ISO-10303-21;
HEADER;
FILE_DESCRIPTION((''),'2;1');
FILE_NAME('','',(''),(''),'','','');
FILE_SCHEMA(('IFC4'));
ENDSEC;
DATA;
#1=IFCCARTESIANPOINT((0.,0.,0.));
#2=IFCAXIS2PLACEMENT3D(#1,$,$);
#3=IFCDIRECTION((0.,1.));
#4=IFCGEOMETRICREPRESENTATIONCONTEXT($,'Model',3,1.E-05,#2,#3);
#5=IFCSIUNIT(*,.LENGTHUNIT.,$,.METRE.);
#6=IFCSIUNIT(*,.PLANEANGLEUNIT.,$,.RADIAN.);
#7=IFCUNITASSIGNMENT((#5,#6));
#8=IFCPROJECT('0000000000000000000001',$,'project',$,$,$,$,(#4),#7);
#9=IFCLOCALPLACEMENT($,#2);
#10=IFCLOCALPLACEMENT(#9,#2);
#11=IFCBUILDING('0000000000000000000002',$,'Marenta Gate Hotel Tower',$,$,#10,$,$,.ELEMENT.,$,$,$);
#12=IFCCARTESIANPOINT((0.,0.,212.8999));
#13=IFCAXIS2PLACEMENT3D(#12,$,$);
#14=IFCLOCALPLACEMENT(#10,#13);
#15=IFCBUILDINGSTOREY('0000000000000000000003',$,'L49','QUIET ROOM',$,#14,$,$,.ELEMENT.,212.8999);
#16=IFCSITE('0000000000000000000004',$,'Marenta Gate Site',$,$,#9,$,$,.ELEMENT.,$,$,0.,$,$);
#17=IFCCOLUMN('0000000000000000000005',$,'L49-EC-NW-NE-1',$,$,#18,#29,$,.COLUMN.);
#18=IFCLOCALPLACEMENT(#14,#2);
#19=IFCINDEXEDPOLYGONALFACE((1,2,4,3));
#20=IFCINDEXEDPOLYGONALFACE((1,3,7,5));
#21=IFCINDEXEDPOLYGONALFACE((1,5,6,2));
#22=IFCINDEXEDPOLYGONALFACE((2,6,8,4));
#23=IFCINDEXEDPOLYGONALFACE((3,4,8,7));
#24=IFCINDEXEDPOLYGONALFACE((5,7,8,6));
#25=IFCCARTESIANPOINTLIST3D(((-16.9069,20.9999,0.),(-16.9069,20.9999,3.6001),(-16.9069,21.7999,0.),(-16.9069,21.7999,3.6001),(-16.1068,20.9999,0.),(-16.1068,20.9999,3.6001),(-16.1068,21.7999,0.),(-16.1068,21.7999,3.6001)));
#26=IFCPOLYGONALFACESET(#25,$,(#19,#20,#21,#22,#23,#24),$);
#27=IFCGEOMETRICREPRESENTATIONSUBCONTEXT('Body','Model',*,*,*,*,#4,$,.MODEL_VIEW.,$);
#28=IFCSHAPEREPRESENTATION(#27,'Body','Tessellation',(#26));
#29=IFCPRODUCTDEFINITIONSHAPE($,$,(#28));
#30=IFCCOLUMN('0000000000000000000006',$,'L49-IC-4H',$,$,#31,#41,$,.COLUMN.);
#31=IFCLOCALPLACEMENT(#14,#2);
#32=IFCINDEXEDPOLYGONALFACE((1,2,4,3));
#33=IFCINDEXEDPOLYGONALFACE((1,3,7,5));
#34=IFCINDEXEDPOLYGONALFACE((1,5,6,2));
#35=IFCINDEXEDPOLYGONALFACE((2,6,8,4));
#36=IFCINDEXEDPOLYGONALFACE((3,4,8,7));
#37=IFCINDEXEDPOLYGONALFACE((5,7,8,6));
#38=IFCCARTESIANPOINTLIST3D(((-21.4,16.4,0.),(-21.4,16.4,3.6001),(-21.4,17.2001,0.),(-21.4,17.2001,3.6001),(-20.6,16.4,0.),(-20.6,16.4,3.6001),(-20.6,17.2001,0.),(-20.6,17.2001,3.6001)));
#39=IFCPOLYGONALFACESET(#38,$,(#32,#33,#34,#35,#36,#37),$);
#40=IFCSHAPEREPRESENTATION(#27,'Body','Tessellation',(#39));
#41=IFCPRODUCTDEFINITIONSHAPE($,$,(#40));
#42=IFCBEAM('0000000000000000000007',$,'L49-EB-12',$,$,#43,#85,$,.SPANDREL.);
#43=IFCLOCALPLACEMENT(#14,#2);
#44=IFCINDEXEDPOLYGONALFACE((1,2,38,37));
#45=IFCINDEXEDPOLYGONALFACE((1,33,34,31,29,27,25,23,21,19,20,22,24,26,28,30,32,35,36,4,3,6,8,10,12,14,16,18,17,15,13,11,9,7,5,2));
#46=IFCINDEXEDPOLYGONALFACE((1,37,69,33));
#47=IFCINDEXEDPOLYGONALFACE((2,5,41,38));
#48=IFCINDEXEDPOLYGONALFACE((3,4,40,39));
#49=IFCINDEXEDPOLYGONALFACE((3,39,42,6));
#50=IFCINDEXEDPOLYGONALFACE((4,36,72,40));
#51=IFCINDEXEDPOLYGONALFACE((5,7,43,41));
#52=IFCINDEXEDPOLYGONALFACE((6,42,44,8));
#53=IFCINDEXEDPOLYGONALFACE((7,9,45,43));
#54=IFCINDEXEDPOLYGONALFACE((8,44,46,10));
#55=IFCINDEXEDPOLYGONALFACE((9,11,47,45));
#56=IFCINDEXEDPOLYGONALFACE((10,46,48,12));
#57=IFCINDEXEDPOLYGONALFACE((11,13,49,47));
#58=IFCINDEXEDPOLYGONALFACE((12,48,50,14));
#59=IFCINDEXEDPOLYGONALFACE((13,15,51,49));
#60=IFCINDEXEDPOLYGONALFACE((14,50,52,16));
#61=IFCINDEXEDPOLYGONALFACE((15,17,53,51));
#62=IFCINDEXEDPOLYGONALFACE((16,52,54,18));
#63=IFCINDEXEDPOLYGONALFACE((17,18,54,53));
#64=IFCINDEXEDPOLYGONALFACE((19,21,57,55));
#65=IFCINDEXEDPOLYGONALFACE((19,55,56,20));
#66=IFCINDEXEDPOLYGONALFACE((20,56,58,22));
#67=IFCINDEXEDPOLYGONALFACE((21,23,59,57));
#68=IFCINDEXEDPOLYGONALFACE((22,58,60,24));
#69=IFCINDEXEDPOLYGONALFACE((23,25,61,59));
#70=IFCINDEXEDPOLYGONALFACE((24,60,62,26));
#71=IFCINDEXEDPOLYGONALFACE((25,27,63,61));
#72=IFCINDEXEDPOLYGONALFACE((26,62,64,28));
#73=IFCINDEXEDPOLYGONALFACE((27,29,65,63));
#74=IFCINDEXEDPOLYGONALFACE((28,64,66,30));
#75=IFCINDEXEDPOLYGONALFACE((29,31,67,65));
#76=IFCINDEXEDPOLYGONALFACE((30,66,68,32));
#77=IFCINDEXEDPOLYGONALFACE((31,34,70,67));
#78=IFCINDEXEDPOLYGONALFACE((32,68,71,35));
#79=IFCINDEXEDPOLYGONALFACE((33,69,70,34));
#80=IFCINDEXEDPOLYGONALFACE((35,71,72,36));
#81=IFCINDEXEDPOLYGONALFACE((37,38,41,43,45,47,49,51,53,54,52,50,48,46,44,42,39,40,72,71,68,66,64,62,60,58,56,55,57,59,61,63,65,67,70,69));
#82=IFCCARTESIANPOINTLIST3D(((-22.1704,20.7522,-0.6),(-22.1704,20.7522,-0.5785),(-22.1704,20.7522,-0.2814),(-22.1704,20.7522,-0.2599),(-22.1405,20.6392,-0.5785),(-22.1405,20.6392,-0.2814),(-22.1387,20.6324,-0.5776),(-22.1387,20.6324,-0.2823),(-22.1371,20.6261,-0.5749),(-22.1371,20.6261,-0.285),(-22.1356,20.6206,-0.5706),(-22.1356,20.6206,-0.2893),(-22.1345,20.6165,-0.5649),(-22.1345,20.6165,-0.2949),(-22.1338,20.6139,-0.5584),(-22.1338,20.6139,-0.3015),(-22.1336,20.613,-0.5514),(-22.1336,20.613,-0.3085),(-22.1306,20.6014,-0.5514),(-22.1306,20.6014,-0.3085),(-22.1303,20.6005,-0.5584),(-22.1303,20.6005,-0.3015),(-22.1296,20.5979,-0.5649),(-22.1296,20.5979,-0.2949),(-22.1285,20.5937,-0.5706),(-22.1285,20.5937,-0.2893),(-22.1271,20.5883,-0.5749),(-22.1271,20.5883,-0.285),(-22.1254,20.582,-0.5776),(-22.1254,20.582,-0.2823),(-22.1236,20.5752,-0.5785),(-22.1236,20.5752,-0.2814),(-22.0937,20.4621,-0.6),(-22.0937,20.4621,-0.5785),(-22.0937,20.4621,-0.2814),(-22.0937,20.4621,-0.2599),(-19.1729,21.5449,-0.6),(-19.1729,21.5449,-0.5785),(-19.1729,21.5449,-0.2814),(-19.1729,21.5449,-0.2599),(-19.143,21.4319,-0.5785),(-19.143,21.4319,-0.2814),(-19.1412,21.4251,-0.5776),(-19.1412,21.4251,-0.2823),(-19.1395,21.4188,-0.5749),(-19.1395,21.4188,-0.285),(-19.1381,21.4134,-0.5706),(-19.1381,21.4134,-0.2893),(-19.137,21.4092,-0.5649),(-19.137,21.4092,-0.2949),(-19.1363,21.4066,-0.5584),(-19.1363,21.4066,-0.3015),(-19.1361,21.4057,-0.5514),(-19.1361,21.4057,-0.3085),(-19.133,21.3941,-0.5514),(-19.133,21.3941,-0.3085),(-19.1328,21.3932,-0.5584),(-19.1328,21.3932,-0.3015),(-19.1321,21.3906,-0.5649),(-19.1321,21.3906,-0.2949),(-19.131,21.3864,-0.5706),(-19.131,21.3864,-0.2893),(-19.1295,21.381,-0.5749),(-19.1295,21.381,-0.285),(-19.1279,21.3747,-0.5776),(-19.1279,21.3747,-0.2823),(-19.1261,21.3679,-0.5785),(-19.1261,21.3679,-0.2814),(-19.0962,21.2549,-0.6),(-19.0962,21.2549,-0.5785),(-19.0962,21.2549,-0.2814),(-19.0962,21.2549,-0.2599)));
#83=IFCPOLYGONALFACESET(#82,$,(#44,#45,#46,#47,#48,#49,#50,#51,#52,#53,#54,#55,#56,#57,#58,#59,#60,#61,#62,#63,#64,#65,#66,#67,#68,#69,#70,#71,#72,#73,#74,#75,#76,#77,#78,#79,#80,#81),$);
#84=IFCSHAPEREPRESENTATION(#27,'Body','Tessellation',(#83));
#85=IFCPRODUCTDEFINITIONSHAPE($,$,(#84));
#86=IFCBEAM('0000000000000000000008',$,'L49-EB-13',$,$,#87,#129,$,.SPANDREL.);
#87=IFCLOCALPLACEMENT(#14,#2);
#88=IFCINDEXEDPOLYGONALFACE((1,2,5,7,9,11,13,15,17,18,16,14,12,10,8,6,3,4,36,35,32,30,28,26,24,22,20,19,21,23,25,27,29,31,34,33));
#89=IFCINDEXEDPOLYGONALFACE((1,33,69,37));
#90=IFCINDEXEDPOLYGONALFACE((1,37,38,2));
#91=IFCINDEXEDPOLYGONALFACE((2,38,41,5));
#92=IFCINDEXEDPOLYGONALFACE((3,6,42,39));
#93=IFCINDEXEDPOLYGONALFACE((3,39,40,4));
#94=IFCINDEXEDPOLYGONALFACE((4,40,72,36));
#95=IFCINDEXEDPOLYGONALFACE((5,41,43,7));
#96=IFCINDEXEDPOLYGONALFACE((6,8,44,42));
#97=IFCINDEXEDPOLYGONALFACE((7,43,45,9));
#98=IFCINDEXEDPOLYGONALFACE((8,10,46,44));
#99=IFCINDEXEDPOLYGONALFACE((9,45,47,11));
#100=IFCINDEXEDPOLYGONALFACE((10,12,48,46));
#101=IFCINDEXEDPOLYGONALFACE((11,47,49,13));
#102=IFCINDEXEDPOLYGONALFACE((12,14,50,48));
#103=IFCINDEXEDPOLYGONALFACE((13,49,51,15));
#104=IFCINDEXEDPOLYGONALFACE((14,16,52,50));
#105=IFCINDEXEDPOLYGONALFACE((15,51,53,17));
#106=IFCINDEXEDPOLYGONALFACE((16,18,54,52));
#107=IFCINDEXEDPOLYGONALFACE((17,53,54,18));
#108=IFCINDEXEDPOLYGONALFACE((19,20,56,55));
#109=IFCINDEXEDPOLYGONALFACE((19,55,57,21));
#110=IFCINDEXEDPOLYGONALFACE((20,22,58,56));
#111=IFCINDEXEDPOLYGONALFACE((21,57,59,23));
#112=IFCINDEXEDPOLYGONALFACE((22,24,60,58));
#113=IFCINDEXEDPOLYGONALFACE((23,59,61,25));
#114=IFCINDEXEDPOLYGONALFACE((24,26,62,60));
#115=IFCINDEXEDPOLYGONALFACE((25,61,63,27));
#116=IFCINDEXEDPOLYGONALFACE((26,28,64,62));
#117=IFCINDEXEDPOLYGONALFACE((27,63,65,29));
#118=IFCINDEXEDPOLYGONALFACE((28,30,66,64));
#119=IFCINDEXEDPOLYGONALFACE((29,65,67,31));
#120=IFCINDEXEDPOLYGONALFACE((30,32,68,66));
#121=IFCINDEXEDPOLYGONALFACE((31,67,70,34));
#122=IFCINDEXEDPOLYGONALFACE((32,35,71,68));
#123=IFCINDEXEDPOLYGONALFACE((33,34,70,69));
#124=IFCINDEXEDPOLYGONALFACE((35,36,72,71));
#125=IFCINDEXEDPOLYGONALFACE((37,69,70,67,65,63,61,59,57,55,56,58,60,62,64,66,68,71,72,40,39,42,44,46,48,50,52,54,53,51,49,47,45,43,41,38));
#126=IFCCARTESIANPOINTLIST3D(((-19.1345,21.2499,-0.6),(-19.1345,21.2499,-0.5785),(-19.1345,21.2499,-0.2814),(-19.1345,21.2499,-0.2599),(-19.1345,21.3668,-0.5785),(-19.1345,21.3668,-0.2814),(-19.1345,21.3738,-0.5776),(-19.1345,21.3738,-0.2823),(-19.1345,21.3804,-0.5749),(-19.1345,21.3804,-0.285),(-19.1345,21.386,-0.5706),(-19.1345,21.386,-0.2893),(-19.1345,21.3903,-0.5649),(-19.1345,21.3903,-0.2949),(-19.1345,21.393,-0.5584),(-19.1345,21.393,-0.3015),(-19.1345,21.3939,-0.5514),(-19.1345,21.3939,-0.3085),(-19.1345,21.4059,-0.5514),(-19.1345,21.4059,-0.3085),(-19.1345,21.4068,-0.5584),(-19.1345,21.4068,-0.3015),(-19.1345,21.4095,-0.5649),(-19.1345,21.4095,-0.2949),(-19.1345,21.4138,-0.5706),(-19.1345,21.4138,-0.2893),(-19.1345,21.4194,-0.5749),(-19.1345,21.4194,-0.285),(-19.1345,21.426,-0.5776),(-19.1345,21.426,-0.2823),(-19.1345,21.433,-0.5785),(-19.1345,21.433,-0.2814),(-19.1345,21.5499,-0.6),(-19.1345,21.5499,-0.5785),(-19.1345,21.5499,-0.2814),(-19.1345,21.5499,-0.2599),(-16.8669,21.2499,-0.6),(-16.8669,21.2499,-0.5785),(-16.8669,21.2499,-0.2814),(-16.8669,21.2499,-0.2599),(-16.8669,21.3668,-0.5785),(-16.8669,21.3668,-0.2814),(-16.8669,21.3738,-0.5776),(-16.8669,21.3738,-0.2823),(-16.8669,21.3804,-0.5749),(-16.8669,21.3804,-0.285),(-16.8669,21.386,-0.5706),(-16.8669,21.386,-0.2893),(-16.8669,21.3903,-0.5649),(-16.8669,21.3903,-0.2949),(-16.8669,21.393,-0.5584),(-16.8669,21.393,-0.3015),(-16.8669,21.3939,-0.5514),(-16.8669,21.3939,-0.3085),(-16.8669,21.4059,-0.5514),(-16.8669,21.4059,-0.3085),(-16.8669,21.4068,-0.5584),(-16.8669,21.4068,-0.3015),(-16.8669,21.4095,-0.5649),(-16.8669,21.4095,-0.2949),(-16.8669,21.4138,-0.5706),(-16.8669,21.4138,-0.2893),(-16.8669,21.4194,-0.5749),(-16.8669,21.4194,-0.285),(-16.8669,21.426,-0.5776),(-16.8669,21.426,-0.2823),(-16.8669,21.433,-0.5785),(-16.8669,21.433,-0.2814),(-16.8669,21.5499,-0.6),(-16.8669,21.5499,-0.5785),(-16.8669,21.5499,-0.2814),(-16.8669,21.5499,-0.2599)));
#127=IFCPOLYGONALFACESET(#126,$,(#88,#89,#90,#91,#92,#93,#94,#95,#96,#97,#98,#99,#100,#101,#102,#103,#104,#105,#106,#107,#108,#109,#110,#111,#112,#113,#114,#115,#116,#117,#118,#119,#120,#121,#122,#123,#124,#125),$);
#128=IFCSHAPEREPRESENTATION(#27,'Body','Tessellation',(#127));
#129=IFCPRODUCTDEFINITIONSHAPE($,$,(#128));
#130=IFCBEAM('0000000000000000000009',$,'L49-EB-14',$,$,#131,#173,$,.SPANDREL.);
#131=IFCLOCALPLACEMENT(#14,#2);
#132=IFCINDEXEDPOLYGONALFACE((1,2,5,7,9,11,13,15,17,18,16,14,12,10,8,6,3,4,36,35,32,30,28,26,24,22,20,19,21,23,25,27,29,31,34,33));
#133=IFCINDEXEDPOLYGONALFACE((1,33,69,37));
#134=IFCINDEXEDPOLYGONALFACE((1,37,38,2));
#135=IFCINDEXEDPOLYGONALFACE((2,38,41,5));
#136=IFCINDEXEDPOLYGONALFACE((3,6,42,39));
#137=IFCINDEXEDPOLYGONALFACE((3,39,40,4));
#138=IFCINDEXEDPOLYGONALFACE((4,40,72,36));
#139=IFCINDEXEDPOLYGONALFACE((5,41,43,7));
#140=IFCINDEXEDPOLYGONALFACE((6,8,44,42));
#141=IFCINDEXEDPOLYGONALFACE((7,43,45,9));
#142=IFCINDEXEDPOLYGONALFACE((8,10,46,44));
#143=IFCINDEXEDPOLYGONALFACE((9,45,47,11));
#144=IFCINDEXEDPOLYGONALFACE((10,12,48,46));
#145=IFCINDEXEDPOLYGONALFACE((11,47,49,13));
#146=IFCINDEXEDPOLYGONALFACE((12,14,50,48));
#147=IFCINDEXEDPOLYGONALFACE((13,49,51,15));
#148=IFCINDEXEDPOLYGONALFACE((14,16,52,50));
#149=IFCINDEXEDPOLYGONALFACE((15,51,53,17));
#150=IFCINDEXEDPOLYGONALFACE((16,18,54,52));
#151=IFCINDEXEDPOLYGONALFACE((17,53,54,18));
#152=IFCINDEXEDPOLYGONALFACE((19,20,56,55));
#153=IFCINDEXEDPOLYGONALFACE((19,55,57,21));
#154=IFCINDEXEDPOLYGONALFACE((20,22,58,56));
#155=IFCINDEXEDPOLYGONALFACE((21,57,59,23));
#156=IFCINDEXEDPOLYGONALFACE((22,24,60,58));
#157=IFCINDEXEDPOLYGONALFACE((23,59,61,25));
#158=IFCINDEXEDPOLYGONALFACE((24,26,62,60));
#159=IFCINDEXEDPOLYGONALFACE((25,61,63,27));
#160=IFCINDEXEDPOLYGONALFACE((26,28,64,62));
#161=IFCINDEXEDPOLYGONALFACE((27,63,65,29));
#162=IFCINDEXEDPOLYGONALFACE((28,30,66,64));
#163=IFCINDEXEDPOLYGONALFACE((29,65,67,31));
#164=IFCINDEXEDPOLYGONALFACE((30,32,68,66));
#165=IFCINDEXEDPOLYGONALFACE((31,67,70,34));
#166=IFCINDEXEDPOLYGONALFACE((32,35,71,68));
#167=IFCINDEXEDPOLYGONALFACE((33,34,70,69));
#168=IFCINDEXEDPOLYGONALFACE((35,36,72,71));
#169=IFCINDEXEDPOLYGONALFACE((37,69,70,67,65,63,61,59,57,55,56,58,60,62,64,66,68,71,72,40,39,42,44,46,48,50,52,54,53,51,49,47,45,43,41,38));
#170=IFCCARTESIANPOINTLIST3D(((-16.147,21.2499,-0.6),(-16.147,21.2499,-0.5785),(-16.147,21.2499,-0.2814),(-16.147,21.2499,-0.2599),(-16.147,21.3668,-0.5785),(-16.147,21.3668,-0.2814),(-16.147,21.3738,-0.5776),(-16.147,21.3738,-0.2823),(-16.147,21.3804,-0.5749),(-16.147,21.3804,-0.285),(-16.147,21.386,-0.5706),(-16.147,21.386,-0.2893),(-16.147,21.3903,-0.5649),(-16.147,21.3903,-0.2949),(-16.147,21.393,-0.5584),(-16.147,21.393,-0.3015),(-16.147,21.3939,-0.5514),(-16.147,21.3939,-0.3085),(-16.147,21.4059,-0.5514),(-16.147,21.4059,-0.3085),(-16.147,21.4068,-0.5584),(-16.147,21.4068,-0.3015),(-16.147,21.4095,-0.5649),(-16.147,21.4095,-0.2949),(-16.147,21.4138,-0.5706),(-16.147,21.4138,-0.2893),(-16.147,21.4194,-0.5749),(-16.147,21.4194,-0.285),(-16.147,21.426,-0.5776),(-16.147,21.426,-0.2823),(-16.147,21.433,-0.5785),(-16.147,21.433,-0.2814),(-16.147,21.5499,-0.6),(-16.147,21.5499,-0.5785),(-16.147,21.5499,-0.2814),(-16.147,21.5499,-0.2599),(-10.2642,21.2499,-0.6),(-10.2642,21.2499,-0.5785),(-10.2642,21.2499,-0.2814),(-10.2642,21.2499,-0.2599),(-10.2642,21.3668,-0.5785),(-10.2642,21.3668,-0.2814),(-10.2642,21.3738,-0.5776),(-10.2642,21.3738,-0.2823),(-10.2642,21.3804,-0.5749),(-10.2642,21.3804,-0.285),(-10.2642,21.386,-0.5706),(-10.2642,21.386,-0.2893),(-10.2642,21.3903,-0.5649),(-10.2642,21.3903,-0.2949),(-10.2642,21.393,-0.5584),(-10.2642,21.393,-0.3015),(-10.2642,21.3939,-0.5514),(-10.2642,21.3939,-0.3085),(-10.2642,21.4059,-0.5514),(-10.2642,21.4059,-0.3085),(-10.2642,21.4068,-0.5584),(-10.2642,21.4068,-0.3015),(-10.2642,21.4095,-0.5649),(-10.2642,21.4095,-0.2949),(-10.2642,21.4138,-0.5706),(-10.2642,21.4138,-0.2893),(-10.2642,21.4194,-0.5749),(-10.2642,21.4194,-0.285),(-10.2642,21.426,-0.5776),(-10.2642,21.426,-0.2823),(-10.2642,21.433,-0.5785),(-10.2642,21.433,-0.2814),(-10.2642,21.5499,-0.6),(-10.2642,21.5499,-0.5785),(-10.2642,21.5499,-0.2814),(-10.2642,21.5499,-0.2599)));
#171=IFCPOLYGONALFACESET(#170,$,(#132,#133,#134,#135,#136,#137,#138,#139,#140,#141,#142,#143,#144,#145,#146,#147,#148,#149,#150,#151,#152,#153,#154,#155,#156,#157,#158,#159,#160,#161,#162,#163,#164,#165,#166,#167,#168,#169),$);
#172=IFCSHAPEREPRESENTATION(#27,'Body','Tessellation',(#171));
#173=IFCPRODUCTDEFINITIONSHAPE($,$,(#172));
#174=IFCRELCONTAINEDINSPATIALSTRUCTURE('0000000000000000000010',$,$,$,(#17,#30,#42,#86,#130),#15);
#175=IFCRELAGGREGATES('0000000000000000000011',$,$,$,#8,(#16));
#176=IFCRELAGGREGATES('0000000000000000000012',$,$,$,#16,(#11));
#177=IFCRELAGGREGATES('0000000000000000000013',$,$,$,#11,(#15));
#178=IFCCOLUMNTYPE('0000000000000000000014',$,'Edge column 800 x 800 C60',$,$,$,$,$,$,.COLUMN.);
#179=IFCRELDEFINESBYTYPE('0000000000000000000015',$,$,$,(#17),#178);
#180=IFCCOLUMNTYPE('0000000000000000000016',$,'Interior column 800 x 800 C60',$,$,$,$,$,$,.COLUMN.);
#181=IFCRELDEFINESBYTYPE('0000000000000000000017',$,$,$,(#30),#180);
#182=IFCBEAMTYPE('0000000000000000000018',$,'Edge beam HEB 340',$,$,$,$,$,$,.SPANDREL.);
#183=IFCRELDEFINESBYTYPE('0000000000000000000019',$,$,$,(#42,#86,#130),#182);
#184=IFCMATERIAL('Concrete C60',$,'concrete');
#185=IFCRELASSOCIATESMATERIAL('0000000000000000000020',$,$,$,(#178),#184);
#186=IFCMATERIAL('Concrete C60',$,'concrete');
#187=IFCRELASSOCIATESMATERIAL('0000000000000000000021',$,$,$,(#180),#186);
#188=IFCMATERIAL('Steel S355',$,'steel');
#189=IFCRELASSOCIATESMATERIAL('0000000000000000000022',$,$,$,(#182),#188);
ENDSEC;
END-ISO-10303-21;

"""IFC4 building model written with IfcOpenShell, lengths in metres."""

from ifc_helpers import new_model, si_unit, direction, frame, origin, origin_2d, place, context, subcontext, project, spatial, rectangle, i_section, extrude, material, material_profile, profile_set, type_object, element, save


model = new_model("IFC4")

# Units and contexts
model_context = context("Model", 3, precision=1e-05, world=origin(), true_north=direction((0.0, 1.0)))
body_context = subcontext(model_context, "Body", "Model", "MODEL_VIEW")
ifc_project = project(units=[si_unit("LENGTHUNIT", "METRE"), si_unit("PLANEANGLEUNIT", "RADIAN")], contexts=[model_context])

# Site, building, storey
site_placement = place(None, origin())
site = spatial("IfcSite", under=ifc_project, at=site_placement, Name="Marenta Gate Site", CompositionType="ELEMENT", RefElevation=0.0)
building_placement = place(site_placement, origin())
building = spatial("IfcBuilding", under=site, at=building_placement, Name="Marenta Gate Hotel Tower", CompositionType="ELEMENT")
storey_placement = place(building_placement, frame((0.0, 0.0, 212.8999)))
storey = spatial("IfcBuildingStorey", under=building, at=storey_placement, Name="L49", Description="QUIET ROOM", CompositionType="ELEMENT", Elevation=212.8999)

# Columns
ifc_material_1 = material(Name="Concrete C60", Category="concrete")
ifc_material_profile_1 = material_profile(ifc_material_1, rectangle(XDim=0.8, YDim=0.8, at=origin_2d()), Name="800 x 800")
ifc_profile_set_1 = profile_set([ifc_material_profile_1], Name="Concrete C60")
column_type_1 = type_object("IfcColumnType", Name="Edge column 800 x 800 C60", PredefinedType="COLUMN", material=ifc_profile_set_1)
column_1_placement = place(storey_placement, frame((-16.5068, 21.3999, 0.0), z_axis=(0.0, 0.0, 1.0), x_axis=(1.0, 0.0, 0.0)))
element("IfcColumn", 1, at=column_1_placement, inside=storey, type_object=column_type_1, Name="L49-EC-NW-NE-1", PredefinedType="COLUMN", context=body_context, shape_type="SweptSolid", body=[
    extrude(rectangle(XDim=0.8, YDim=0.8, at=origin_2d()), origin(), (0.0, 0.0, 1.0), 3.6001),
])
ifc_material_2 = material(Name="Concrete C60", Category="concrete")
ifc_material_profile_2 = material_profile(ifc_material_2, rectangle(XDim=0.8, YDim=0.8, at=origin_2d()), Name="800 x 800")
ifc_profile_set_2 = profile_set([ifc_material_profile_2], Name="Concrete C60")
column_type_2 = type_object("IfcColumnType", Name="Interior column 800 x 800 C60", PredefinedType="COLUMN", material=ifc_profile_set_2)
column_2_placement = place(storey_placement, frame((-21.0, 16.8, 0.0), z_axis=(0.0, 0.0, 1.0), x_axis=(1.0, 0.0, 0.0)))
element("IfcColumn", 2, at=column_2_placement, inside=storey, type_object=column_type_2, Name="L49-IC-4H", PredefinedType="COLUMN", context=body_context, shape_type="SweptSolid", body=[
    extrude(rectangle(XDim=0.8, YDim=0.8, at=origin_2d()), origin(), (0.0, 0.0, 1.0), 3.6001),
])

# Beams
ifc_material_3 = material(Name="Steel S355", Category="steel")
ifc_material_profile_3 = material_profile(ifc_material_3, i_section(OverallWidth=0.3, OverallDepth=0.3401, WebThickness=0.012, FlangeThickness=0.0215, FilletRadius=0.0271, at=origin_2d()), Name="HEB 340")
ifc_profile_set_3 = profile_set([ifc_material_profile_3], Name="Steel S355")
beam_type_1 = type_object("IfcBeamType", Name="Edge beam HEB 340", PredefinedType="SPANDREL", material=ifc_profile_set_3)
beam_1_placement = place(storey_placement, frame((-22.1321, 20.6072, -0.4299), z_axis=(0.966765, 0.255667, 0.0), x_axis=(-0.255667, 0.966765, 0.0)))
element("IfcBeam", 3, at=beam_1_placement, inside=storey, type_object=beam_type_1, Name="L49-EB-12", PredefinedType="SPANDREL", context=body_context, shape_type="SweptSolid", body=[
    extrude(i_section(OverallWidth=0.3, OverallDepth=0.3401, WebThickness=0.012, FlangeThickness=0.0215, FilletRadius=0.0271, at=origin_2d()), origin(), (0.0, 0.0, 1.0), 3.1006),
])
beam_2_placement = place(storey_placement, frame((-19.1345, 21.3999, -0.4299), z_axis=(1.0, 0.0, 0.0), x_axis=(0.0, 1.0, 0.0)))
element("IfcBeam", 4, at=beam_2_placement, inside=storey, type_object=beam_type_1, Name="L49-EB-13", PredefinedType="SPANDREL", context=body_context, shape_type="SweptSolid", body=[
    extrude(i_section(OverallWidth=0.3, OverallDepth=0.3401, WebThickness=0.012, FlangeThickness=0.0215, FilletRadius=0.0271, at=origin_2d()), origin(), (0.0, 0.0, 1.0), 2.2676),
])
beam_3_placement = place(storey_placement, frame((-16.147, 21.3999, -0.4299), z_axis=(1.0, 0.0, 0.0), x_axis=(0.0, 1.0, 0.0)))
element("IfcBeam", 5, at=beam_3_placement, inside=storey, type_object=beam_type_1, Name="L49-EB-14", PredefinedType="SPANDREL", context=body_context, shape_type="SweptSolid", body=[
    extrude(i_section(OverallWidth=0.3, OverallDepth=0.3401, WebThickness=0.012, FlangeThickness=0.0215, FilletRadius=0.0271, at=origin_2d()), origin(), (0.0, 0.0, 1.0), 5.8828),
])

save(model, "model.ifc")
